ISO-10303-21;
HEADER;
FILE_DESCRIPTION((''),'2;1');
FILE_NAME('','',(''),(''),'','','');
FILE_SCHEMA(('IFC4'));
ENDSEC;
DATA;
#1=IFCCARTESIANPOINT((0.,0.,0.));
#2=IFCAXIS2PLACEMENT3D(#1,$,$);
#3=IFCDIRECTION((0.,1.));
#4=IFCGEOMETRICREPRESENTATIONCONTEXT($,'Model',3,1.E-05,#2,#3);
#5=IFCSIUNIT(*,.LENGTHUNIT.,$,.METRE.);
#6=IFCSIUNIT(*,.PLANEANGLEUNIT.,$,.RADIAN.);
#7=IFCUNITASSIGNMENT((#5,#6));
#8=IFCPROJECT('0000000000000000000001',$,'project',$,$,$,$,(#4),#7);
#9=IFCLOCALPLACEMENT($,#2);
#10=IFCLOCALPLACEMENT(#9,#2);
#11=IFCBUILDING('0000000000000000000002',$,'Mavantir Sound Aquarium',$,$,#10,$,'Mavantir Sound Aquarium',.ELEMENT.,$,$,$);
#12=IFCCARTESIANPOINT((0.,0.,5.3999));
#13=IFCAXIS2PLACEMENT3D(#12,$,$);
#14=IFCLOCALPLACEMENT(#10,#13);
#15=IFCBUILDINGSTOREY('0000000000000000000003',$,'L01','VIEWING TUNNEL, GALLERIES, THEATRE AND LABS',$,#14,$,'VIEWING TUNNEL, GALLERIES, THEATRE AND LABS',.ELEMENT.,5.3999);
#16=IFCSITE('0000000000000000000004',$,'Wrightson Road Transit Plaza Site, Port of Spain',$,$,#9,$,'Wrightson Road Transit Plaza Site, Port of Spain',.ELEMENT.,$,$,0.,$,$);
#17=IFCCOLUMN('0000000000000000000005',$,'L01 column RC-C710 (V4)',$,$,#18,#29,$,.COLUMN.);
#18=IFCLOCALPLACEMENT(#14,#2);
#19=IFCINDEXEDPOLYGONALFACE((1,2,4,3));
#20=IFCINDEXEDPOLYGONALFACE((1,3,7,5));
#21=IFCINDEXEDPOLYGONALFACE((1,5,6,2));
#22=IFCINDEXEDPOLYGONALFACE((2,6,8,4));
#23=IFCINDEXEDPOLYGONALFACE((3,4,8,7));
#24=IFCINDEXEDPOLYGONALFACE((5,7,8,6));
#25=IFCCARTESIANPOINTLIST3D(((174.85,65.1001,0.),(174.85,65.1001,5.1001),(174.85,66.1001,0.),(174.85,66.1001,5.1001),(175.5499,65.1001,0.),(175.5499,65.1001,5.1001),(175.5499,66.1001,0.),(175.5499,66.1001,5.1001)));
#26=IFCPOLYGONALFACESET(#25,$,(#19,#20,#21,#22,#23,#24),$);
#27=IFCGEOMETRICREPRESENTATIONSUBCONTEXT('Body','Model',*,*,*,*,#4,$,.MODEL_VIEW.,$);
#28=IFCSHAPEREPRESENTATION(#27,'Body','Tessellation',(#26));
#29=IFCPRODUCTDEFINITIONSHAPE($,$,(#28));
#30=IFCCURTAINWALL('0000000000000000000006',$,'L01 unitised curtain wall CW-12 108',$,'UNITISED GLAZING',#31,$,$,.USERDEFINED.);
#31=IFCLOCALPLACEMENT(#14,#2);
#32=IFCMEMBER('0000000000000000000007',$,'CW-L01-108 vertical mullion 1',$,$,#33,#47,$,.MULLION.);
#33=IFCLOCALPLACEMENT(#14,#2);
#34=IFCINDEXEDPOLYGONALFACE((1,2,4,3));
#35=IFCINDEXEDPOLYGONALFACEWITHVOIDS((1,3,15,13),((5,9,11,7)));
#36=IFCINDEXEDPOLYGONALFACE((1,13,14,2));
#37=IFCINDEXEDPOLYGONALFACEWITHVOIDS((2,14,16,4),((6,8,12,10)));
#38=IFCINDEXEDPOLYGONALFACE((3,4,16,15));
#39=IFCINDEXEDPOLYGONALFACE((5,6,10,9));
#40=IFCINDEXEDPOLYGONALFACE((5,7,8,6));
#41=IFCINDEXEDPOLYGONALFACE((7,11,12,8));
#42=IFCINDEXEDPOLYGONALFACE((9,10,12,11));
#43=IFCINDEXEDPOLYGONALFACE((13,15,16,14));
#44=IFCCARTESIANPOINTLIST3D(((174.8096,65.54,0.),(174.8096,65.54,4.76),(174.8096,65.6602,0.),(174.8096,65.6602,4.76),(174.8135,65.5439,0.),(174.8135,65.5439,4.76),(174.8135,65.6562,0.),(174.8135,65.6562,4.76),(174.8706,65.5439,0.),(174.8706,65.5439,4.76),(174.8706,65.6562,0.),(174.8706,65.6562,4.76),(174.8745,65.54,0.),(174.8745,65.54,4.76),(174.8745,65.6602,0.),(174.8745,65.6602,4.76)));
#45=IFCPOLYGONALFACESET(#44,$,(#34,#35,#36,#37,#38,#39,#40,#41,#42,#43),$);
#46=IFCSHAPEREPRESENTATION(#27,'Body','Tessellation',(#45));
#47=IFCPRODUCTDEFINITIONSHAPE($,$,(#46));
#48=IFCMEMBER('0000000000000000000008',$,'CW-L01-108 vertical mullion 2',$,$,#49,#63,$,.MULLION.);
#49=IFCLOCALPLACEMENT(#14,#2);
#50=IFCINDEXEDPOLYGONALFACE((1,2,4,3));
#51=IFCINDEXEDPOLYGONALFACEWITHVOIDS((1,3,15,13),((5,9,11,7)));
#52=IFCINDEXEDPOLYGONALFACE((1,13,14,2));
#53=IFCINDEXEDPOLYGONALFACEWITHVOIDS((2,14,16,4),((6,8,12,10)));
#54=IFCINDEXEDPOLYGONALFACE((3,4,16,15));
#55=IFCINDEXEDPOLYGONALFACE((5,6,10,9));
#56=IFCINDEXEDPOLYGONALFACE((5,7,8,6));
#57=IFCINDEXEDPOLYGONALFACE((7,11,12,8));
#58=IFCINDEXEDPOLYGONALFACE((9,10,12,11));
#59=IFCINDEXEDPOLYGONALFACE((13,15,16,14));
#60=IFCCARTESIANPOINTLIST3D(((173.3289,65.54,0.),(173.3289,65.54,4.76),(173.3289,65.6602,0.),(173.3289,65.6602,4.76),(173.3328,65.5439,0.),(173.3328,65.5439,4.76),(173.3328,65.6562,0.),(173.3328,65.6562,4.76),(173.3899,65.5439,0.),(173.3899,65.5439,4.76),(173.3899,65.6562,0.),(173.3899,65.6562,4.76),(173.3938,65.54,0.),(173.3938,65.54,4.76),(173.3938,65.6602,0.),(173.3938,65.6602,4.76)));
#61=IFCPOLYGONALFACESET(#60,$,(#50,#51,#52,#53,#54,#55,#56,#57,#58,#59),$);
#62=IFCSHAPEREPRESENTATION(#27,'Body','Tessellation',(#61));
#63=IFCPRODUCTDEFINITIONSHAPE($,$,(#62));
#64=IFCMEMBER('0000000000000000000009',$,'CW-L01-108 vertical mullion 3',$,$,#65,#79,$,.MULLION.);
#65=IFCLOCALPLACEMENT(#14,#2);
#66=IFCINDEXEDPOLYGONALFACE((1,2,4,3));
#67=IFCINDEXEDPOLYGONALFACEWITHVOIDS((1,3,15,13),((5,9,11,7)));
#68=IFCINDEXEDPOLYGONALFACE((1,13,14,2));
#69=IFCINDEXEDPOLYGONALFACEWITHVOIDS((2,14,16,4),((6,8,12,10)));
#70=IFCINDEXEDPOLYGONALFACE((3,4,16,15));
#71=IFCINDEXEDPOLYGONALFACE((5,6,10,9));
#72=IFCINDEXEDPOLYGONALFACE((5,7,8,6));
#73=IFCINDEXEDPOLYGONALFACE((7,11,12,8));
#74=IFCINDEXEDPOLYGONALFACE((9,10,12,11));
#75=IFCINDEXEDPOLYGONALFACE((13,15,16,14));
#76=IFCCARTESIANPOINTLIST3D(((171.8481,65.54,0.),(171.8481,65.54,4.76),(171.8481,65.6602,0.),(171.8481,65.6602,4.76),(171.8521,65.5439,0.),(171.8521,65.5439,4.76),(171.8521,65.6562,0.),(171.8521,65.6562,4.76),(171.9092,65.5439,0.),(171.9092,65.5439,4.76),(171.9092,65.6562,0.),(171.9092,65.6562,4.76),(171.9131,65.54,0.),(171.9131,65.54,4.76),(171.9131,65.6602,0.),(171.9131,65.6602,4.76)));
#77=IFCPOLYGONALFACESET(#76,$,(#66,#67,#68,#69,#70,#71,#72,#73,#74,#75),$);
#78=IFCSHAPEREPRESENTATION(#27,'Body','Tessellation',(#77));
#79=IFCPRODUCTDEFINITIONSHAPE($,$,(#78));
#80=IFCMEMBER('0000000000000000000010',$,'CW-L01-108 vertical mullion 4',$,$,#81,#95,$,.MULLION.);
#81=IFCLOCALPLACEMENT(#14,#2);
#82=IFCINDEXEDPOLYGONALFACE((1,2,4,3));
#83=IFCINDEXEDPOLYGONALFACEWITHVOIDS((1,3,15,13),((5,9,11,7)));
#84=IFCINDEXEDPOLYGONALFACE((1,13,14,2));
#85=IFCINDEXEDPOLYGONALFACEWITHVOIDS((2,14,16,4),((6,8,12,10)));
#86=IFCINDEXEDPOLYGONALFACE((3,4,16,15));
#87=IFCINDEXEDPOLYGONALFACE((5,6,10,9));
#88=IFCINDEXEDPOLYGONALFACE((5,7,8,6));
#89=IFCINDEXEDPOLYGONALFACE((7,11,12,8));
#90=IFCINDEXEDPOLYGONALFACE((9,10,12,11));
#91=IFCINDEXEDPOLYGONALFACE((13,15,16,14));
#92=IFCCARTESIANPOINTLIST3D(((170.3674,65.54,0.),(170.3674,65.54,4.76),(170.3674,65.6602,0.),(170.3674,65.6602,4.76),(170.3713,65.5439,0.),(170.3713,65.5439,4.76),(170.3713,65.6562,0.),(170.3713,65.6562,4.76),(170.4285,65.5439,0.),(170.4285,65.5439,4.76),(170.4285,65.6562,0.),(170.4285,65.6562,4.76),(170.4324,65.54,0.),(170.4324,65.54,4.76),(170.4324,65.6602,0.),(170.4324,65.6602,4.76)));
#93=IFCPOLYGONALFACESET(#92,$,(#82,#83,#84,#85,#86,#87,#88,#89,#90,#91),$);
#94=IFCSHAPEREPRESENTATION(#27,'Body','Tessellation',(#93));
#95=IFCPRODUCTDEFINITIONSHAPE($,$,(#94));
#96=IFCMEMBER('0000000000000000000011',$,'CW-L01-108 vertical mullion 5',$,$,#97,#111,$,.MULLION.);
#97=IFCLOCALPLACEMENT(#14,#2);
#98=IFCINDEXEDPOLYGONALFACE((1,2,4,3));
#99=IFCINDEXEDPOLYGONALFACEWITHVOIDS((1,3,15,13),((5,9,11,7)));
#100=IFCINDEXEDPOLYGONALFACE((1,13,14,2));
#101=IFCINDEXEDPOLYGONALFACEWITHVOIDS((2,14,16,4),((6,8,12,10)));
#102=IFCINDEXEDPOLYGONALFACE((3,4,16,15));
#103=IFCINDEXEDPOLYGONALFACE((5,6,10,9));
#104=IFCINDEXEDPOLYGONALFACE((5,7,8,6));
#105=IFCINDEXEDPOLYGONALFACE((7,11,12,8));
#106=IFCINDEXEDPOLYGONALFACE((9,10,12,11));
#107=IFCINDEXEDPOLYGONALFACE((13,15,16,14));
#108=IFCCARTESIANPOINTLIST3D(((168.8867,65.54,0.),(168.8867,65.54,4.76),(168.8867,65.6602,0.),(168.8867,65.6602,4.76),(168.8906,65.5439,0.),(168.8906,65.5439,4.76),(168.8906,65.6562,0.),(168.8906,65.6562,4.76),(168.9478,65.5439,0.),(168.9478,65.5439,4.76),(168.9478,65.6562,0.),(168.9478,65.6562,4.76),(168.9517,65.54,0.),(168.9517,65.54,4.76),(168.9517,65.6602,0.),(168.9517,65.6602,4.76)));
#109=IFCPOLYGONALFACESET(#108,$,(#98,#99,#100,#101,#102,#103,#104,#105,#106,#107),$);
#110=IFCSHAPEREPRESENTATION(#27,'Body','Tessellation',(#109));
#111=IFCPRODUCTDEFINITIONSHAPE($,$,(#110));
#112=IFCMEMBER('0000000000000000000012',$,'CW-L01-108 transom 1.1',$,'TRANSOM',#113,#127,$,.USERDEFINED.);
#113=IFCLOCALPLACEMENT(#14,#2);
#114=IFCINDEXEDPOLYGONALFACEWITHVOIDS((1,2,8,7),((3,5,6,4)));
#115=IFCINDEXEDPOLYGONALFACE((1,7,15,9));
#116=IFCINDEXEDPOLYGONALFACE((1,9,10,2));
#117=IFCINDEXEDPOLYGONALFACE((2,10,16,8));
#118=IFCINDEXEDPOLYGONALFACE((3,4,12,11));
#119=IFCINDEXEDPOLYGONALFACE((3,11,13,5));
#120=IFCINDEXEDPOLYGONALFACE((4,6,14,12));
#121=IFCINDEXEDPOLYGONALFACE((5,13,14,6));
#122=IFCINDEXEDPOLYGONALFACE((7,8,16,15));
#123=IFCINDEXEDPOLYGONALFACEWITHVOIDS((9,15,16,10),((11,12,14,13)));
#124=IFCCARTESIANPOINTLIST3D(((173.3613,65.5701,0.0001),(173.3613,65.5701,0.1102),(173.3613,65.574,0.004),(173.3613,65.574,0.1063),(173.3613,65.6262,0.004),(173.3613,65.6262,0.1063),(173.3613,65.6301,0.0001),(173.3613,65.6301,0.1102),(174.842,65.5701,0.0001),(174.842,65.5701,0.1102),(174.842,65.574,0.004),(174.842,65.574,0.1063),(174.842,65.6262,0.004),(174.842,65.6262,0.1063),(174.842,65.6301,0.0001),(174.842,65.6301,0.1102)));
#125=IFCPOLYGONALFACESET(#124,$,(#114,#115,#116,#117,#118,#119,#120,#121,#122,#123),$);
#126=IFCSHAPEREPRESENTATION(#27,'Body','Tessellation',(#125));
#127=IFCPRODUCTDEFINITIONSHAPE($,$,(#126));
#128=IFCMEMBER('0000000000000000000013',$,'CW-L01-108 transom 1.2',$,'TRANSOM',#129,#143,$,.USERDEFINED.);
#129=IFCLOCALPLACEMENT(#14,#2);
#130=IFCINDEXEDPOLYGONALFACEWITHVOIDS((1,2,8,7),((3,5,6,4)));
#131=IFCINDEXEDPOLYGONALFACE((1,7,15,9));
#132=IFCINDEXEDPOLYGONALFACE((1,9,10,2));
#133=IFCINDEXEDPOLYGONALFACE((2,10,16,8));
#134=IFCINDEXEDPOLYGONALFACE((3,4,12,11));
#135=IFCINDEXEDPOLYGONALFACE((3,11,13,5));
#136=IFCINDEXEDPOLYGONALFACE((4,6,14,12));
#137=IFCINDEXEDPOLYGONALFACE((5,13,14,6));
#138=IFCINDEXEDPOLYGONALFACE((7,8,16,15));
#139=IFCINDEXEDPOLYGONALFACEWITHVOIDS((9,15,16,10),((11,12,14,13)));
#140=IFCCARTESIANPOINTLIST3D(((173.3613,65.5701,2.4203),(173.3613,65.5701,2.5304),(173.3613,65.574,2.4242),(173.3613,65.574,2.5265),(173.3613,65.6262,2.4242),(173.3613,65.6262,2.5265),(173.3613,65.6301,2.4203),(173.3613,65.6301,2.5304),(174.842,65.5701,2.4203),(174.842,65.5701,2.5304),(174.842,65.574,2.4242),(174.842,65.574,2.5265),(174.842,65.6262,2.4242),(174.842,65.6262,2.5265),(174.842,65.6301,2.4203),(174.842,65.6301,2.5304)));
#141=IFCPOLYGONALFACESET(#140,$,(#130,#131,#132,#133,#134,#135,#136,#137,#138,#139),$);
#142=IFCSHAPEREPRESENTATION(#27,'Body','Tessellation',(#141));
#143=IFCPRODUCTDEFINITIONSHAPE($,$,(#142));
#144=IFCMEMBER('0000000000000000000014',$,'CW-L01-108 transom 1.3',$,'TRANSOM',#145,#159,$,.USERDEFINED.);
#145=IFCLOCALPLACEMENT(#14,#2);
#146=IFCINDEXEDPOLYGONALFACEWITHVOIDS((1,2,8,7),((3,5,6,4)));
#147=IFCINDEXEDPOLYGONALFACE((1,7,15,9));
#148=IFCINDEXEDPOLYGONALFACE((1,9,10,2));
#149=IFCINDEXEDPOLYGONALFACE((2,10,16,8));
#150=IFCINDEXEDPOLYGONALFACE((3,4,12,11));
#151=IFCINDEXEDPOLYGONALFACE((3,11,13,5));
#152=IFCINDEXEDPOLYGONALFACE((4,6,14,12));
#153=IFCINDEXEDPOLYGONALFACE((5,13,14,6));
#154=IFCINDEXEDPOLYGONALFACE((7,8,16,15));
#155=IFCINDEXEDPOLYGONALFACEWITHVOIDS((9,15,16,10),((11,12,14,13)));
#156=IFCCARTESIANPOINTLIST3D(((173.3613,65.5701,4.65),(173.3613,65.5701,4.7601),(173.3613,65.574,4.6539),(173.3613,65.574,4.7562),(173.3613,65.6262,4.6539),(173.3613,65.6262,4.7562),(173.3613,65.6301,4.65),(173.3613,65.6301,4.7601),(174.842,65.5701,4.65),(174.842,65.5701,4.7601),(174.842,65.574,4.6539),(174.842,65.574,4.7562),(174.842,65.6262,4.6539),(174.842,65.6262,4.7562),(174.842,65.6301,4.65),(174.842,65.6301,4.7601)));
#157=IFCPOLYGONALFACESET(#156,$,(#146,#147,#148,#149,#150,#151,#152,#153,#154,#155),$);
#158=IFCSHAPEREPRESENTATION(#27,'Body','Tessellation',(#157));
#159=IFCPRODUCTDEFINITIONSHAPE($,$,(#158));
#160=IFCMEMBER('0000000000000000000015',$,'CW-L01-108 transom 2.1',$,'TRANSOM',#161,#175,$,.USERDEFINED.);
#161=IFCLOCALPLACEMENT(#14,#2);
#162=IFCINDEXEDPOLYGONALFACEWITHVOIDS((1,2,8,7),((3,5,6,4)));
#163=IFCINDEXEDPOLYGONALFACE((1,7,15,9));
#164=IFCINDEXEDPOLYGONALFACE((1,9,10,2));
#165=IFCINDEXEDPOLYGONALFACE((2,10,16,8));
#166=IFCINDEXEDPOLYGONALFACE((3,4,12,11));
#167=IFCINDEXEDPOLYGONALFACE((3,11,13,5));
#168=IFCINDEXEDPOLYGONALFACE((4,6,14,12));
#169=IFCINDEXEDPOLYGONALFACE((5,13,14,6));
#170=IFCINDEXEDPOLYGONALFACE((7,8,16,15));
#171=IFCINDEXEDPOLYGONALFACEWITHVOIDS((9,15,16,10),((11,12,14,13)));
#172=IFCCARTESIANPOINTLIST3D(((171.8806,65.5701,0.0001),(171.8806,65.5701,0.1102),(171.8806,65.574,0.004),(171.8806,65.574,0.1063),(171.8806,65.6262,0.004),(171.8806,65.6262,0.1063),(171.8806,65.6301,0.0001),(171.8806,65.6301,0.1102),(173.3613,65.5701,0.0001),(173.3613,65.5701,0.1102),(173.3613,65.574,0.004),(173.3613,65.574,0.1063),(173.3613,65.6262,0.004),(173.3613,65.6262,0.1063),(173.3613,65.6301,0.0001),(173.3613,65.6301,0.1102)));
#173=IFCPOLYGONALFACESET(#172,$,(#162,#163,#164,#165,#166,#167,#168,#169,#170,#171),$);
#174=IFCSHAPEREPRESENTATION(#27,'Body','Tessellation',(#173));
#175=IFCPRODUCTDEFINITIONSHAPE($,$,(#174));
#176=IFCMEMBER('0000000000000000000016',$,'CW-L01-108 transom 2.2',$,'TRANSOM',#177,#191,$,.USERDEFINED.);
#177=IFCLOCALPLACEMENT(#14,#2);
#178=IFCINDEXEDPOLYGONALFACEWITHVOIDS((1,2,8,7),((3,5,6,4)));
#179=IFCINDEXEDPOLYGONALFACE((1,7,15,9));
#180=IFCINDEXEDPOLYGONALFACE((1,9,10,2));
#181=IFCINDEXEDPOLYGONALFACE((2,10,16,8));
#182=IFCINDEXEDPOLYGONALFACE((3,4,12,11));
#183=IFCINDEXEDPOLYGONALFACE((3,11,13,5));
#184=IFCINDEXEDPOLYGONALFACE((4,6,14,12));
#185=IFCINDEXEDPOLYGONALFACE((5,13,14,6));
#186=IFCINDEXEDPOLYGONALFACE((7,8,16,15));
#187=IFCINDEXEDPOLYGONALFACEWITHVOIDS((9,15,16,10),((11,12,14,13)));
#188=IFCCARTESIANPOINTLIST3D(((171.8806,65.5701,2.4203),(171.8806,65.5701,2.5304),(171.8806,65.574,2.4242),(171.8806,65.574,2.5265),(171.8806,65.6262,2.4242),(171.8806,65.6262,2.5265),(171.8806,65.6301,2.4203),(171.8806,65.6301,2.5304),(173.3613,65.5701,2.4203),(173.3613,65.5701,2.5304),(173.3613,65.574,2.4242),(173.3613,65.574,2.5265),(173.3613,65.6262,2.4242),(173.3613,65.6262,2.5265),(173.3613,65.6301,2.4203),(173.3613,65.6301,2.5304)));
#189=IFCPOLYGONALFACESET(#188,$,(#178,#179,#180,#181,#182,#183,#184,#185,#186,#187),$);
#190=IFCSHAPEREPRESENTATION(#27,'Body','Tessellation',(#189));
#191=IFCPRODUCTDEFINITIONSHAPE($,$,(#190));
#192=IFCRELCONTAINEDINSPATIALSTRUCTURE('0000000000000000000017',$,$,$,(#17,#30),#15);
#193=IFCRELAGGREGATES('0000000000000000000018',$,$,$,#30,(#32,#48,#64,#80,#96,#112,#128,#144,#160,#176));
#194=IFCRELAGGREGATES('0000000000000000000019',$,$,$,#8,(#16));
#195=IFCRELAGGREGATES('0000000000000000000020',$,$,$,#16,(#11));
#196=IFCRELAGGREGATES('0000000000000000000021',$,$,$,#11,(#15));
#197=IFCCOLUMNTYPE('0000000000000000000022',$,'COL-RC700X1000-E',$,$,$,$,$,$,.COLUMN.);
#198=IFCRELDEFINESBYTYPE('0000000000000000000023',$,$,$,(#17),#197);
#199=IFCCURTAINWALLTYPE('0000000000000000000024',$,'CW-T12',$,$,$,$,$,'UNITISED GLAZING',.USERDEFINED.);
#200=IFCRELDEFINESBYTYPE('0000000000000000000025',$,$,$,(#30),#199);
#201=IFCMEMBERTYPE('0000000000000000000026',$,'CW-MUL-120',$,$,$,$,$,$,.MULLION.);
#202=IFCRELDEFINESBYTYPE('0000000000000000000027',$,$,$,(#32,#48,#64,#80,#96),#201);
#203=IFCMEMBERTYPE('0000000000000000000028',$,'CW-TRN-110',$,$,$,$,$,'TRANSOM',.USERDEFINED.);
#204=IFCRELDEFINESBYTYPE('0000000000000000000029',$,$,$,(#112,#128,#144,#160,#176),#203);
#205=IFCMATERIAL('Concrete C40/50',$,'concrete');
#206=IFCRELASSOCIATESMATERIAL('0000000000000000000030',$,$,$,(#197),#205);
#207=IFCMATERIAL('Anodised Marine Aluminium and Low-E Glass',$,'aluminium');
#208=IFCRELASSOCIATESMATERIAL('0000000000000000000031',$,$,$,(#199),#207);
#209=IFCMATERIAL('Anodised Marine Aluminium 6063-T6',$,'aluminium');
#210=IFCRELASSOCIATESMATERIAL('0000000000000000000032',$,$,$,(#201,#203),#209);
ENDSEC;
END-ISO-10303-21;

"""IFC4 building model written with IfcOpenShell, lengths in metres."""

from ifc_helpers import new_model, si_unit, direction, frame, origin, origin_2d, place, context, subcontext, project, spatial, rectangle, hollow_rectangle, extrude, material, material_profile, profile_set, type_object, element, aggregate, save


model = new_model("IFC4")

# Units and contexts
model_context = context("Model", 3, precision=1e-05, world=origin(), true_north=direction((0.0, 1.0)))
body_context = subcontext(model_context, "Body", "Model", "MODEL_VIEW")
ifc_project = project(units=[si_unit("LENGTHUNIT", "METRE"), si_unit("PLANEANGLEUNIT", "RADIAN")], contexts=[model_context])

# Site, building, storey
site_placement = place(None, origin())
site = spatial("IfcSite", under=ifc_project, at=site_placement, Name="Wrightson Road Transit Plaza Site, Port of Spain", LongName="Wrightson Road Transit Plaza Site, Port of Spain", CompositionType="ELEMENT", RefElevation=0.0)
building_placement = place(site_placement, origin())
building = spatial("IfcBuilding", under=site, at=building_placement, Name="Mavantir Sound Aquarium", LongName="Mavantir Sound Aquarium", CompositionType="ELEMENT")
storey_placement = place(building_placement, frame((0.0, 0.0, 5.3999)))
storey = spatial("IfcBuildingStorey", under=building, at=storey_placement, Name="L01", Description="VIEWING TUNNEL, GALLERIES, THEATRE AND LABS", LongName="VIEWING TUNNEL, GALLERIES, THEATRE AND LABS", CompositionType="ELEMENT", Elevation=5.3999)

# Column
ifc_material_1 = material(Name="Concrete C40/50", Category="concrete")
ifc_material_profile_1 = material_profile(ifc_material_1, rectangle(XDim=0.7, YDim=1.0, at=origin_2d()), Name="RC 700X1000")
ifc_profile_set_1 = profile_set([ifc_material_profile_1], Name="Concrete C40/50")
column_type = type_object("IfcColumnType", Name="COL-RC700X1000-E", PredefinedType="COLUMN", material=ifc_profile_set_1)
column_placement = place(storey_placement, frame((175.2, 65.6001, 0.0), z_axis=(0.0, 0.0, 1.0), x_axis=(1.0, 0.0, 0.0)))
element("IfcColumn", 1, at=column_placement, inside=storey, type_object=column_type, Name="L01 column RC-C710 (V4)", PredefinedType="COLUMN", context=body_context, shape_type="SweptSolid", body=[
    extrude(rectangle(XDim=0.7, YDim=1.0, at=origin_2d()), origin(), (0.0, 0.0, 1.0), 5.1001),
])

# Curtain wall, members
ifc_material_2 = material(Name="Anodised Marine Aluminium and Low-E Glass", Category="aluminium")
curtain_wall_type = type_object("IfcCurtainWallType", Name="CW-T12", ElementType="UNITISED GLAZING", PredefinedType="USERDEFINED", material=ifc_material_2)
curtain_wall_placement = place(storey_placement, origin())
curtain_wall = element("IfcCurtainWall", 2, at=curtain_wall_placement, inside=storey, type_object=curtain_wall_type, Name="L01 unitised curtain wall CW-12 108", ObjectType="UNITISED GLAZING", PredefinedType="USERDEFINED")
ifc_material_3 = material(Name="Anodised Marine Aluminium 6063-T6", Category="aluminium")
ifc_material_profile_2 = material_profile(ifc_material_3, hollow_rectangle(XDim=0.0649, YDim=0.1201, WallThickness=0.0039, at=origin_2d()), Name="ALU-MULLION-120X65")
ifc_profile_set_2 = profile_set([ifc_material_profile_2], Name="Anodised Marine Aluminium 6063-T6")
member_type_1 = type_object("IfcMemberType", Name="CW-MUL-120", PredefinedType="MULLION", material=ifc_profile_set_2)
member_1_placement = place(storey_placement, frame((174.842, 65.6001, 0.0), z_axis=(0.0, 0.0, 1.0), x_axis=(1.0, 0.0, 0.0)))
member_1 = element("IfcMember", 3, at=member_1_placement, type_object=member_type_1, Name="CW-L01-108 vertical mullion 1", PredefinedType="MULLION", context=body_context, shape_type="SweptSolid", body=[
    extrude(hollow_rectangle(XDim=0.0649, YDim=0.1201, WallThickness=0.0039, at=origin_2d()), origin(), (0.0, 0.0, 1.0), 4.76),
])
member_2_placement = place(storey_placement, frame((173.3613, 65.6001, 0.0), z_axis=(0.0, 0.0, 1.0), x_axis=(1.0, 0.0, 0.0)))
member_2 = element("IfcMember", 4, at=member_2_placement, type_object=member_type_1, Name="CW-L01-108 vertical mullion 2", PredefinedType="MULLION", context=body_context, shape_type="SweptSolid", body=[
    extrude(hollow_rectangle(XDim=0.0649, YDim=0.1201, WallThickness=0.0039, at=origin_2d()), origin(), (0.0, 0.0, 1.0), 4.76),
])
member_3_placement = place(storey_placement, frame((171.8806, 65.6001, 0.0), z_axis=(0.0, 0.0, 1.0), x_axis=(1.0, 0.0, 0.0)))
member_3 = element("IfcMember", 5, at=member_3_placement, type_object=member_type_1, Name="CW-L01-108 vertical mullion 3", PredefinedType="MULLION", context=body_context, shape_type="SweptSolid", body=[
    extrude(hollow_rectangle(XDim=0.0649, YDim=0.1201, WallThickness=0.0039, at=origin_2d()), origin(), (0.0, 0.0, 1.0), 4.76),
])
member_4_placement = place(storey_placement, frame((170.3999, 65.6001, 0.0), z_axis=(0.0, 0.0, 1.0), x_axis=(1.0, 0.0, 0.0)))
member_4 = element("IfcMember", 6, at=member_4_placement, type_object=member_type_1, Name="CW-L01-108 vertical mullion 4", PredefinedType="MULLION", context=body_context, shape_type="SweptSolid", body=[
    extrude(hollow_rectangle(XDim=0.0649, YDim=0.1201, WallThickness=0.0039, at=origin_2d()), origin(), (0.0, 0.0, 1.0), 4.76),
])
member_5_placement = place(storey_placement, frame((168.9192, 65.6001, 0.0), z_axis=(0.0, 0.0, 1.0), x_axis=(1.0, 0.0, 0.0)))
member_5 = element("IfcMember", 7, at=member_5_placement, type_object=member_type_1, Name="CW-L01-108 vertical mullion 5", PredefinedType="MULLION", context=body_context, shape_type="SweptSolid", body=[
    extrude(hollow_rectangle(XDim=0.0649, YDim=0.1201, WallThickness=0.0039, at=origin_2d()), origin(), (0.0, 0.0, 1.0), 4.76),
])
ifc_material_profile_3 = material_profile(ifc_material_3, hollow_rectangle(XDim=0.0601, YDim=0.1101, WallThickness=0.0039, at=origin_2d()), Name="ALU-TRANSOM-110X60")
ifc_profile_set_3 = profile_set([ifc_material_profile_3], Name="Anodised Marine Aluminium 6063-T6")
member_type_2 = type_object("IfcMemberType", Name="CW-TRN-110", ElementType="TRANSOM", PredefinedType="USERDEFINED", material=ifc_profile_set_3)
member_6_placement = place(storey_placement, frame((174.842, 65.6001, 0.0552), z_axis=(-1.0, 0.0, 0.0), x_axis=(0.0, -1.0, 0.0)))
member_6 = element("IfcMember", 8, at=member_6_placement, type_object=member_type_2, Name="CW-L01-108 transom 1.1", ObjectType="TRANSOM", PredefinedType="USERDEFINED", context=body_context, shape_type="SweptSolid", body=[
    extrude(hollow_rectangle(XDim=0.0601, YDim=0.1101, WallThickness=0.0039, at=origin_2d()), origin(), (0.0, 0.0, 1.0), 1.4807),
])
member_7_placement = place(storey_placement, frame((174.842, 65.6001, 2.4753), z_axis=(-1.0, 0.0, 0.0), x_axis=(0.0, -1.0, 0.0)))
member_7 = element("IfcMember", 9, at=member_7_placement, type_object=member_type_2, Name="CW-L01-108 transom 1.2", ObjectType="TRANSOM", PredefinedType="USERDEFINED", context=body_context, shape_type="SweptSolid", body=[
    extrude(hollow_rectangle(XDim=0.0601, YDim=0.1101, WallThickness=0.0039, at=origin_2d()), origin(), (0.0, 0.0, 1.0), 1.4807),
])
member_8_placement = place(storey_placement, frame((174.842, 65.6001, 4.7051), z_axis=(-1.0, 0.0, 0.0), x_axis=(0.0, -1.0, 0.0)))
member_8 = element("IfcMember", 10, at=member_8_placement, type_object=member_type_2, Name="CW-L01-108 transom 1.3", ObjectType="TRANSOM", PredefinedType="USERDEFINED", context=body_context, shape_type="SweptSolid", body=[
    extrude(hollow_rectangle(XDim=0.0601, YDim=0.1101, WallThickness=0.0039, at=origin_2d()), origin(), (0.0, 0.0, 1.0), 1.4807),
])
member_9_placement = place(storey_placement, frame((173.3613, 65.6001, 0.0552), z_axis=(-1.0, 0.0, 0.0), x_axis=(0.0, -1.0, 0.0)))
member_9 = element("IfcMember", 11, at=member_9_placement, type_object=member_type_2, Name="CW-L01-108 transom 2.1", ObjectType="TRANSOM", PredefinedType="USERDEFINED", context=body_context, shape_type="SweptSolid", body=[
    extrude(hollow_rectangle(XDim=0.0601, YDim=0.1101, WallThickness=0.0039, at=origin_2d()), origin(), (0.0, 0.0, 1.0), 1.4807),
])
member_10_placement = place(storey_placement, frame((173.3613, 65.6001, 2.4753), z_axis=(-1.0, 0.0, 0.0), x_axis=(0.0, -1.0, 0.0)))
member_10 = element("IfcMember", 12, at=member_10_placement, type_object=member_type_2, Name="CW-L01-108 transom 2.2", ObjectType="TRANSOM", PredefinedType="USERDEFINED", context=body_context, shape_type="SweptSolid", body=[
    extrude(hollow_rectangle(XDim=0.0601, YDim=0.1101, WallThickness=0.0039, at=origin_2d()), origin(), (0.0, 0.0, 1.0), 1.4807),
])
aggregate(curtain_wall, [member_1, member_2, member_3, member_4, member_5, member_6, member_7, member_8, member_9, member_10])

save(model, "model.ifc")
